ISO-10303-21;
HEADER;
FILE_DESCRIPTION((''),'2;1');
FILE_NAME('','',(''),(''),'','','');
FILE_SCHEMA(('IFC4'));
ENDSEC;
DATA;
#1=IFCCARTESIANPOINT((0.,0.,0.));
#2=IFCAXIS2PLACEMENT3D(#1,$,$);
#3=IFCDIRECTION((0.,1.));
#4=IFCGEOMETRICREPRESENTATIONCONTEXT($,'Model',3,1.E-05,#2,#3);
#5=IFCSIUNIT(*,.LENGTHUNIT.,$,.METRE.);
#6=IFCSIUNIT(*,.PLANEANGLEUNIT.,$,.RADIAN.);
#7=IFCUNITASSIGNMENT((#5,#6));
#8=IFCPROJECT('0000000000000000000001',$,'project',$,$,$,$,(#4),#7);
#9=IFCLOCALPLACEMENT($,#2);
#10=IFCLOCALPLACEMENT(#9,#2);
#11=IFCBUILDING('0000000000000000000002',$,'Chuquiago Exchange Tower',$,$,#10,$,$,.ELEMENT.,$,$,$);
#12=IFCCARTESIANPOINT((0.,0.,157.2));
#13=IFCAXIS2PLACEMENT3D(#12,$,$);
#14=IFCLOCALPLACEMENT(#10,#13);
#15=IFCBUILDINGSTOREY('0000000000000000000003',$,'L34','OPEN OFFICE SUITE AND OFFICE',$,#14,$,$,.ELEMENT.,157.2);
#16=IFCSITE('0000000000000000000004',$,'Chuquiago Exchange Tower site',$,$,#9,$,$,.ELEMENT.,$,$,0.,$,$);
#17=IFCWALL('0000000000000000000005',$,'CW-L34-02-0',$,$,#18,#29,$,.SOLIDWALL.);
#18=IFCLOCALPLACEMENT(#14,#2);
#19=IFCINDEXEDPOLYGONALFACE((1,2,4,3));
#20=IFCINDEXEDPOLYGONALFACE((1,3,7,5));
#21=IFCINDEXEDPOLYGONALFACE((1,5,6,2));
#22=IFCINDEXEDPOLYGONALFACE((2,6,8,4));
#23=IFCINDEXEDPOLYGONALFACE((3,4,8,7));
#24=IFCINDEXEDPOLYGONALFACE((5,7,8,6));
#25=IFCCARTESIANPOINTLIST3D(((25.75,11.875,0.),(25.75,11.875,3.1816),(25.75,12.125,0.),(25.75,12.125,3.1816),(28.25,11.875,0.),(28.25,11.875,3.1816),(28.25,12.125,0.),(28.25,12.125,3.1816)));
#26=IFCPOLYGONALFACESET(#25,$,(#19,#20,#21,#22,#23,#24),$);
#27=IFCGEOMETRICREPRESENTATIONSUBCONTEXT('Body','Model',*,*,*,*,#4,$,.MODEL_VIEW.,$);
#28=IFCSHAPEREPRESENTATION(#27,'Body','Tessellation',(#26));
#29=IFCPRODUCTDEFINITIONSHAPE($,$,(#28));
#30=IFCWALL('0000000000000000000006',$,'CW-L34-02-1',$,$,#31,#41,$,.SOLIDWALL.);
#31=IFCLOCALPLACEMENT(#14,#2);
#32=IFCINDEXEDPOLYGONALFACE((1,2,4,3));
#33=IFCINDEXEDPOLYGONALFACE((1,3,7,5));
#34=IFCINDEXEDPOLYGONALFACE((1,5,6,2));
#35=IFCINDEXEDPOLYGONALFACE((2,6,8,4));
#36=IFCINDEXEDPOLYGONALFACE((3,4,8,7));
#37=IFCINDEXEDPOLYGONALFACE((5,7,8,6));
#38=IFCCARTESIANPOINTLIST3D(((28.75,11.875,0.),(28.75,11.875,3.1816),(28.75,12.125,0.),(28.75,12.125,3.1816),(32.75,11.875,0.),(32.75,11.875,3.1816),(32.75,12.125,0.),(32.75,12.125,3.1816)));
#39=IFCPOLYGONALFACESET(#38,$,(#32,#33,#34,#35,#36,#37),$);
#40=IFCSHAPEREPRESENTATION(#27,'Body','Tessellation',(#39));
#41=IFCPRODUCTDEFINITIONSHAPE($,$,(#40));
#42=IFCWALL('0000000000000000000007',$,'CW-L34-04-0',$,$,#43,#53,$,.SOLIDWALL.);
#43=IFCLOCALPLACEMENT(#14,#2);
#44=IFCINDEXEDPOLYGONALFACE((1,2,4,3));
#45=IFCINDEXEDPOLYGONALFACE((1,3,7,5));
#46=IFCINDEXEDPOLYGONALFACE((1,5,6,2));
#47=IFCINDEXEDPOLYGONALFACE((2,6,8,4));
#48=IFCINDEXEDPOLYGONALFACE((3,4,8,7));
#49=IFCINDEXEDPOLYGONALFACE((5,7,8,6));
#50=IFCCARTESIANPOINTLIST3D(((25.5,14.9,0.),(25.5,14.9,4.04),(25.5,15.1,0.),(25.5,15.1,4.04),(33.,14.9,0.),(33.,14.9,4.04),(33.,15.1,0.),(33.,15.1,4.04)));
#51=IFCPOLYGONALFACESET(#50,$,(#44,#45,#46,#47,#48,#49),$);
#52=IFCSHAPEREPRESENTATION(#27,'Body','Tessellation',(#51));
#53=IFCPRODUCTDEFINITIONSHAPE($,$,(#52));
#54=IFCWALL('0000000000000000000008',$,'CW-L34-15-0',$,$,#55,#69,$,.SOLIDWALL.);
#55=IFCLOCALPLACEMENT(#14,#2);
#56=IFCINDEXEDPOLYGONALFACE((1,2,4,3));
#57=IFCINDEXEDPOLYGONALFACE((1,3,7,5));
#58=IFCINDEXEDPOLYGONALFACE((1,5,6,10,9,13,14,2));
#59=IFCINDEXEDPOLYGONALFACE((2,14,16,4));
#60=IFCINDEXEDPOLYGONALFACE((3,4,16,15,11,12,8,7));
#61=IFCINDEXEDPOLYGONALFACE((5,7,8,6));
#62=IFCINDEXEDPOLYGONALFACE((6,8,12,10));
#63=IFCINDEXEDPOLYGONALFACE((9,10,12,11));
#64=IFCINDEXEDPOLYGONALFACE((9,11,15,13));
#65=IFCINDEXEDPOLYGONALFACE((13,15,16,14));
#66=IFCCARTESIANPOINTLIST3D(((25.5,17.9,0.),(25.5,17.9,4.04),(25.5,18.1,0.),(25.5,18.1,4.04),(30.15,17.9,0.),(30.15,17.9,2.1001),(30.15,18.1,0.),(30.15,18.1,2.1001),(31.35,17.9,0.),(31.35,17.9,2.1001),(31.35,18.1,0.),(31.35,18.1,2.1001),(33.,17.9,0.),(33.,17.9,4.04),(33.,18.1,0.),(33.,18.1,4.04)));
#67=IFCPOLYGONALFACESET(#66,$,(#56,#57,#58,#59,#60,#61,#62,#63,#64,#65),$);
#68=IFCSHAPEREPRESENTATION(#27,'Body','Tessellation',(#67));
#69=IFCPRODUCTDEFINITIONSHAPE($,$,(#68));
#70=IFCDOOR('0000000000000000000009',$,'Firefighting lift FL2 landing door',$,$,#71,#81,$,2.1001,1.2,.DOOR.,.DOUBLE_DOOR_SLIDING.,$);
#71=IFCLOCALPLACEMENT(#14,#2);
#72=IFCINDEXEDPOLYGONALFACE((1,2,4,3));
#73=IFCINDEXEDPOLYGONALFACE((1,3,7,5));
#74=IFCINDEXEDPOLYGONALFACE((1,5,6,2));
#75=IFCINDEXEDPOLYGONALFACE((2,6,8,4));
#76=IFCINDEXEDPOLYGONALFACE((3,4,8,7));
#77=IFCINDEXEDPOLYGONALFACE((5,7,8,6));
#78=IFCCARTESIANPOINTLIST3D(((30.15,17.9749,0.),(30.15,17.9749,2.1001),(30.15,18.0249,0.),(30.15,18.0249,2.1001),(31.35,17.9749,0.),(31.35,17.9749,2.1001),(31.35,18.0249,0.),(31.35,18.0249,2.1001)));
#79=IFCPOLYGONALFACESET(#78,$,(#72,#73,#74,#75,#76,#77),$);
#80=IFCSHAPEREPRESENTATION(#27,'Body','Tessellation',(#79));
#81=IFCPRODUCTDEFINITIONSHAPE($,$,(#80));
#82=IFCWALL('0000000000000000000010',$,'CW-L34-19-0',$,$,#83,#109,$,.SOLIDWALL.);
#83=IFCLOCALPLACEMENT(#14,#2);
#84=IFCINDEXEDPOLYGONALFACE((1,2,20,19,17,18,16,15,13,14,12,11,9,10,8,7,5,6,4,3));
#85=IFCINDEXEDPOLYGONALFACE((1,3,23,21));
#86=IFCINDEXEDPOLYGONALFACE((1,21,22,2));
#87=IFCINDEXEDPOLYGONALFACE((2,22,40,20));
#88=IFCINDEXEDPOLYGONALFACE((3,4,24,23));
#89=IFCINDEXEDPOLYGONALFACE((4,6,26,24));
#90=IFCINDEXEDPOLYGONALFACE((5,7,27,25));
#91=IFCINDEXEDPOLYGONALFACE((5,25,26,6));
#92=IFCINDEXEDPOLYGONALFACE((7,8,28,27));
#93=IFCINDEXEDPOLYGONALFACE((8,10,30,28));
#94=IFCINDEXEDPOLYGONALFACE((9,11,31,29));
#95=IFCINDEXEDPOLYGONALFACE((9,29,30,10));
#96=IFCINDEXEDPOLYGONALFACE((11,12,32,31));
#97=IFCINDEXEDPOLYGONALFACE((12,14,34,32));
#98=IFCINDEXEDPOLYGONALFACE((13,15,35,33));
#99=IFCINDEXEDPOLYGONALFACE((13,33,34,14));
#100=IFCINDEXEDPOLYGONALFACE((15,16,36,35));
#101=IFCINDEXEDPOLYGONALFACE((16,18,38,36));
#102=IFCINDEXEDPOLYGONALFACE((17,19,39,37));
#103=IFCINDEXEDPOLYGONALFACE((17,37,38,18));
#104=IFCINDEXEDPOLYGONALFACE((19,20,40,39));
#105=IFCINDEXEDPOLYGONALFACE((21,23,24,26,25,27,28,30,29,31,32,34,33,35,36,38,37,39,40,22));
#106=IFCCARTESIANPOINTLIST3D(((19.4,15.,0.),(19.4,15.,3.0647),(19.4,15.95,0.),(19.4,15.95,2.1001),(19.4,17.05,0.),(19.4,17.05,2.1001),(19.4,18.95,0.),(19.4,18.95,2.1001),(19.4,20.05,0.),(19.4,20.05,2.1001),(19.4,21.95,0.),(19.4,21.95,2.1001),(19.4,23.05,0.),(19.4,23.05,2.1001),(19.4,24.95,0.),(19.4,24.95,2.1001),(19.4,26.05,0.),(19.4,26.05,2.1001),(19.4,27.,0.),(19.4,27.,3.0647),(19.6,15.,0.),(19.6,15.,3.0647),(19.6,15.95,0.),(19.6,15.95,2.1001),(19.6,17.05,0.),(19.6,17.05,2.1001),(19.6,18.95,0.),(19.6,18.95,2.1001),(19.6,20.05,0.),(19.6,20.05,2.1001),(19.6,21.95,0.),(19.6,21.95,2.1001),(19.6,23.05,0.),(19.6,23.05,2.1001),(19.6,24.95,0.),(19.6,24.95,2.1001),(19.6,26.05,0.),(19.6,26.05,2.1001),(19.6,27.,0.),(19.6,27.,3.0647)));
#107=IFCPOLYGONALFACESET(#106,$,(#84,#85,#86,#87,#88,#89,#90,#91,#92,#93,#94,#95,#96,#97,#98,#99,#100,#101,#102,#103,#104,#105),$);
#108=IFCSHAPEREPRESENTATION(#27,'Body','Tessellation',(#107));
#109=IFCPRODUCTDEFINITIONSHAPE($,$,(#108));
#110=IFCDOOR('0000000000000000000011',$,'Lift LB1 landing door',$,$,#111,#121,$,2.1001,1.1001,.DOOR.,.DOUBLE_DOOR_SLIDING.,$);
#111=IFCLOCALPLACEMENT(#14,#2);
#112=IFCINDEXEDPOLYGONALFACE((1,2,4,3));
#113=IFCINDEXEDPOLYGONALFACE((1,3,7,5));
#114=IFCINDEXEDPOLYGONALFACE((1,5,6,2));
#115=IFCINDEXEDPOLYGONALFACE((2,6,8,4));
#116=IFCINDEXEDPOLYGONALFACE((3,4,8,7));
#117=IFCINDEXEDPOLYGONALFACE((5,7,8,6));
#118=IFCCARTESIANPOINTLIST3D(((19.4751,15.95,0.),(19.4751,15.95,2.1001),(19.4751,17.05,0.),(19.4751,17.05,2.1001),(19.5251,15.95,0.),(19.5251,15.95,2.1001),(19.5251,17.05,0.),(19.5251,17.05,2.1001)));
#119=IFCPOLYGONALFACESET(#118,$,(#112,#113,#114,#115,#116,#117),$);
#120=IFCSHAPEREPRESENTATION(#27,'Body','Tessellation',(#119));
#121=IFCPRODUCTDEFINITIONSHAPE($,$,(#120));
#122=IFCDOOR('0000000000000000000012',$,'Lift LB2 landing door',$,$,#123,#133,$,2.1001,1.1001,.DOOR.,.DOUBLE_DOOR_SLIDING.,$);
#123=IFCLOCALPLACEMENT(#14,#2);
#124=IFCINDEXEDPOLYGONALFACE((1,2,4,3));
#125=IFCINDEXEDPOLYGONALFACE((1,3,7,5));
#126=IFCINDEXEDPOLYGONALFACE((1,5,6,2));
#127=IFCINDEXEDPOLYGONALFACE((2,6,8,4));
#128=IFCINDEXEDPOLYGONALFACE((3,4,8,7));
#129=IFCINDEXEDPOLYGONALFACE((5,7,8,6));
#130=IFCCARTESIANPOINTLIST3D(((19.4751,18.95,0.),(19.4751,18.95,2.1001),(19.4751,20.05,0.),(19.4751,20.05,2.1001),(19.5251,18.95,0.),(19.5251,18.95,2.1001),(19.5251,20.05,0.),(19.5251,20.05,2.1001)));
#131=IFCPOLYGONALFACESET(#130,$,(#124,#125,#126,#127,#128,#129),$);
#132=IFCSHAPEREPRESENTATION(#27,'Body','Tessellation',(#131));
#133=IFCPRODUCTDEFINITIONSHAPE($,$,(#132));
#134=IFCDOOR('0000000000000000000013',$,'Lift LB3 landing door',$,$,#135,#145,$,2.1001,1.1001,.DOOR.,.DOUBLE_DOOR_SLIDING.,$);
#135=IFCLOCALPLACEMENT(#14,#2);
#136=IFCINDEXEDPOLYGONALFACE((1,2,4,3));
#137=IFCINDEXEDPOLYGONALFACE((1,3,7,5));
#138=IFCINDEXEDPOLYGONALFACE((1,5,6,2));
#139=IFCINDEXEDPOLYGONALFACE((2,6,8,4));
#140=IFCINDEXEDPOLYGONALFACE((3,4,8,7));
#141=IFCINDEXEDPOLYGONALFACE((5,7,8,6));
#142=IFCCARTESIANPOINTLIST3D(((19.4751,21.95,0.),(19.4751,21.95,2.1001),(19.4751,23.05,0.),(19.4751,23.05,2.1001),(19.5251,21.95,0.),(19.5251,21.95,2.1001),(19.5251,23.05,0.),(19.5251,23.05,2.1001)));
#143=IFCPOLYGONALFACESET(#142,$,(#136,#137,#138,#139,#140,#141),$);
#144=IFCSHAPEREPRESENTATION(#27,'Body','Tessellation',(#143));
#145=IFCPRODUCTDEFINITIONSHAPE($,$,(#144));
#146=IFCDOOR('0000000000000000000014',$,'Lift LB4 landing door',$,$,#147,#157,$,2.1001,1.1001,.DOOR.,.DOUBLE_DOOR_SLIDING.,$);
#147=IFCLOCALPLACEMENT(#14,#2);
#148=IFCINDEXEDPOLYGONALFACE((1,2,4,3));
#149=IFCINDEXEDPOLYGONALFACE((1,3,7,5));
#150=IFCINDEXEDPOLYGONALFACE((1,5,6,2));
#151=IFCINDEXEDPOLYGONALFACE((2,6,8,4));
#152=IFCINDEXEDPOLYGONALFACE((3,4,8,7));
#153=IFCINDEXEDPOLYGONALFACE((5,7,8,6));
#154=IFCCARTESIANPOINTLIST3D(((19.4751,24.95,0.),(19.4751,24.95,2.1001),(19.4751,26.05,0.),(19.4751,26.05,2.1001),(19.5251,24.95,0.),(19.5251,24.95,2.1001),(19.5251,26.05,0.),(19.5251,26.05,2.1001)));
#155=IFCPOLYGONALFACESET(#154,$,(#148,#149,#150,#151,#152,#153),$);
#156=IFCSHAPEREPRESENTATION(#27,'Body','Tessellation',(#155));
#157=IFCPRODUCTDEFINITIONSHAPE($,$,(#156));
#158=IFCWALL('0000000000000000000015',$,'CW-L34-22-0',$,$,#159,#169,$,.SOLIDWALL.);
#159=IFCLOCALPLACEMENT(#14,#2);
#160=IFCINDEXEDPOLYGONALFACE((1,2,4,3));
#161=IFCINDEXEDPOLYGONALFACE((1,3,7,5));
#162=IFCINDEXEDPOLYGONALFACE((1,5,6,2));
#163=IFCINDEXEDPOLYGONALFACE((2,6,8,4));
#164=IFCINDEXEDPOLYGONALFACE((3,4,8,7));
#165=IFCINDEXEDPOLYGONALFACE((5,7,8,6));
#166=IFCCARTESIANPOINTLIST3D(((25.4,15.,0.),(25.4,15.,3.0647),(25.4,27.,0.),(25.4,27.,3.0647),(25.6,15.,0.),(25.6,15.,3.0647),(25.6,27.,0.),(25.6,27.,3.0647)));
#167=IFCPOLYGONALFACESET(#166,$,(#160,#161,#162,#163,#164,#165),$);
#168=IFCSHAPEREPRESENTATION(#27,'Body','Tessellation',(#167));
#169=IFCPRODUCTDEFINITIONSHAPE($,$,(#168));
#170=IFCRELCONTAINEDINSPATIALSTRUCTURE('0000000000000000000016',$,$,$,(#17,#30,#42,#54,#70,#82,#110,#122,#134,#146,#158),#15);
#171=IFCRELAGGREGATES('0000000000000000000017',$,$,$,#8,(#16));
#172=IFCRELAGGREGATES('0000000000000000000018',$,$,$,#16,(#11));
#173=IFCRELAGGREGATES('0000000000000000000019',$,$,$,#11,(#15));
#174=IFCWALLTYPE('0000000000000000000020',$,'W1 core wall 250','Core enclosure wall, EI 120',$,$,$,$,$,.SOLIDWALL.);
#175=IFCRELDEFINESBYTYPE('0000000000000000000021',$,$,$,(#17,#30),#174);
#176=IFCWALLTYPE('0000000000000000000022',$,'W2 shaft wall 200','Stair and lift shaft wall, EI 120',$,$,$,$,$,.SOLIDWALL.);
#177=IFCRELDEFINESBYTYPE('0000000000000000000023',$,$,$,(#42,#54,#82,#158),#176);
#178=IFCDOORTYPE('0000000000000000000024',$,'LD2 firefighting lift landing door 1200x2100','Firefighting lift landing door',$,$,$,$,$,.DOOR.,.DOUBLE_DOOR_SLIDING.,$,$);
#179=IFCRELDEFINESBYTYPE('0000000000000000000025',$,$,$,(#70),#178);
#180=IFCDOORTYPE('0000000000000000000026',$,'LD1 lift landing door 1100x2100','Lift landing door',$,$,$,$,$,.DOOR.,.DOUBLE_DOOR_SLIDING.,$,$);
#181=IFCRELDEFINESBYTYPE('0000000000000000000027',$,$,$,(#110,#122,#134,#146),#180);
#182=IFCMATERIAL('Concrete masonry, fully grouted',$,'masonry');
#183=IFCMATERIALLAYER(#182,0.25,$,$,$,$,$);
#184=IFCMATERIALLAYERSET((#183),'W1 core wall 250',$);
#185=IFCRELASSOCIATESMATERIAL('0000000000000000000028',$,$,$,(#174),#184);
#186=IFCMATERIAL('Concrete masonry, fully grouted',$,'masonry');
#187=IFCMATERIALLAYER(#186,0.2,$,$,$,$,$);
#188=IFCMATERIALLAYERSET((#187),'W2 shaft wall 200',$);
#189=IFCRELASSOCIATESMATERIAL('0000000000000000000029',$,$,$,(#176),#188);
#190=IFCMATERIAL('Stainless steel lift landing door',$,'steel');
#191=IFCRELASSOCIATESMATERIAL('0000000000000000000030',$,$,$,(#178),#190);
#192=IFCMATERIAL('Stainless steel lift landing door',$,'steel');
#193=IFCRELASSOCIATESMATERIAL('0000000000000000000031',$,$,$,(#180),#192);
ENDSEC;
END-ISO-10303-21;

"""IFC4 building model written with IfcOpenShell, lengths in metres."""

from ifc_helpers import new_model, si_unit, direction, frame, frame_2d, origin, place, context, subcontext, project, spatial, rectangle, extrude, material, layer, layer_set, type_object, element, fill, save


model = new_model("IFC4")

# Units and contexts
model_context = context("Model", 3, precision=1e-05, world=origin(), true_north=direction((0.0, 1.0)))
body_context = subcontext(model_context, "Body", "Model", "MODEL_VIEW")
ifc_project = project(units=[si_unit("LENGTHUNIT", "METRE"), si_unit("PLANEANGLEUNIT", "RADIAN")], contexts=[model_context])

# Site, building, storey
site_placement = place(None, origin())
site = spatial("IfcSite", under=ifc_project, at=site_placement, Name="Chuquiago Exchange Tower site", CompositionType="ELEMENT", RefElevation=0.0)
building_placement = place(site_placement, origin())
building = spatial("IfcBuilding", under=site, at=building_placement, Name="Chuquiago Exchange Tower", CompositionType="ELEMENT")
storey_placement = place(building_placement, frame((0.0, 0.0, 157.2)))
storey = spatial("IfcBuildingStorey", under=building, at=storey_placement, Name="L34", Description="OPEN OFFICE SUITE AND OFFICE", CompositionType="ELEMENT", Elevation=157.2)

# Walls
ifc_material_1 = material(Name="Concrete masonry, fully grouted", Category="masonry")
ifc_layer_1 = layer(ifc_material_1, 0.25)
ifc_layer_set_1 = layer_set([ifc_layer_1], Name="W1 core wall 250")
wall_type_1 = type_object("IfcWallType", Name="W1 core wall 250", Description="Core enclosure wall, EI 120", PredefinedType="SOLIDWALL", material=ifc_layer_set_1)
wall_1_placement = place(storey_placement, frame((25.75, 12.0, 0.0), z_axis=(0.0, 0.0, 1.0), x_axis=(1.0, 0.0, 0.0)))
element("IfcWall", 1, at=wall_1_placement, inside=storey, type_object=wall_type_1, Name="CW-L34-02-0", PredefinedType="SOLIDWALL", context=body_context, shape_type="SweptSolid", body=[
    extrude(rectangle(XDim=2.5, YDim=0.25, at=frame_2d((1.25, 0.0))), origin(), (0.0, 0.0, 1.0), 3.1816),
])
wall_2_placement = place(storey_placement, frame((28.75, 12.0, 0.0), z_axis=(0.0, 0.0, 1.0), x_axis=(1.0, 0.0, 0.0)))
element("IfcWall", 2, at=wall_2_placement, inside=storey, type_object=wall_type_1, Name="CW-L34-02-1", PredefinedType="SOLIDWALL", context=body_context, shape_type="SweptSolid", body=[
    extrude(rectangle(XDim=4.0, YDim=0.25, at=frame_2d((2.0, 0.0))), origin(), (0.0, 0.0, 1.0), 3.1816),
])
ifc_material_2 = material(Name="Concrete masonry, fully grouted", Category="masonry")
ifc_layer_2 = layer(ifc_material_2, 0.2)
ifc_layer_set_2 = layer_set([ifc_layer_2], Name="W2 shaft wall 200")
wall_type_2 = type_object("IfcWallType", Name="W2 shaft wall 200", Description="Stair and lift shaft wall, EI 120", PredefinedType="SOLIDWALL", material=ifc_layer_set_2)
wall_3_placement = place(storey_placement, frame((25.5, 15.0, 0.0), z_axis=(0.0, 0.0, 1.0), x_axis=(1.0, 0.0, 0.0)))
element("IfcWall", 3, at=wall_3_placement, inside=storey, type_object=wall_type_2, Name="CW-L34-04-0", PredefinedType="SOLIDWALL", context=body_context, shape_type="SweptSolid", body=[
    extrude(rectangle(XDim=7.5, YDim=0.2, at=frame_2d((3.75, 0.0))), origin(), (0.0, 0.0, 1.0), 4.04),
])

# Wall, opening, door
wall_4_placement = place(storey_placement, frame((25.5, 18.0, 0.0), z_axis=(0.0, 0.0, 1.0), x_axis=(1.0, 0.0, 0.0)))
wall_4 = element("IfcWall", 4, at=wall_4_placement, inside=storey, type_object=wall_type_2, Name="CW-L34-15-0", PredefinedType="SOLIDWALL", context=body_context, shape_type="SweptSolid", body=[
    extrude(rectangle(XDim=7.5, YDim=0.2, at=frame_2d((3.75, 0.0))), origin(), (0.0, 0.0, 1.0), 4.04),
])
opening_1_placement = place(wall_4_placement, frame((4.6499, 0.0, 0.0)))
opening_1 = element("IfcOpeningElement", 5, at=opening_1_placement, cuts=wall_4, PredefinedType="OPENING", context=body_context, shape_type="SweptSolid", body=[
    extrude(rectangle(XDim=1.2, YDim=2.1001, at=frame_2d((0.6001, 1.05))), frame((0.0, 0.1099, 0.0), z_axis=(0.0, -1.0, 0.0), x_axis=(1.0, 0.0, 0.0)), (0.0, 0.0, 1.0), 0.22),
])
ifc_material_3 = material(Name="Stainless steel lift landing door", Category="steel")
door_type_1 = type_object("IfcDoorType", Name="LD2 firefighting lift landing door 1200x2100", Description="Firefighting lift landing door", OperationType="DOUBLE_DOOR_SLIDING", PredefinedType="DOOR", material=ifc_material_3)
door_1_placement = place(opening_1_placement, origin())
door_1 = element("IfcDoor", 6, at=door_1_placement, inside=storey, type_object=door_type_1, Name="Firefighting lift FL2 landing door", OperationType="DOUBLE_DOOR_SLIDING", OverallHeight=2.1001, OverallWidth=1.2, PredefinedType="DOOR", context=body_context, shape_type="SweptSolid", body=[
    extrude(rectangle(XDim=1.2, YDim=2.1001, at=frame_2d((0.6001, 1.05))), frame((0.0, 0.0249, 0.0), z_axis=(0.0, -1.0, 0.0), x_axis=(1.0, 0.0, 0.0)), (0.0, 0.0, 1.0), 0.05),
])
fill(opening_1, door_1)

# Wall, openings, doors
wall_5_placement = place(storey_placement, frame((19.5, 15.0, 0.0), z_axis=(0.0, 0.0, 1.0), x_axis=(0.0, 1.0, 0.0)))
wall_5 = element("IfcWall", 7, at=wall_5_placement, inside=storey, type_object=wall_type_2, Name="CW-L34-19-0", PredefinedType="SOLIDWALL", context=body_context, shape_type="SweptSolid", body=[
    extrude(rectangle(XDim=12.0, YDim=0.2, at=frame_2d((6.0, 0.0))), origin(), (0.0, 0.0, 1.0), 3.0647),
])
opening_2_placement = place(wall_5_placement, frame((0.95, 0.0, 0.0)))
opening_2 = element("IfcOpeningElement", 8, at=opening_2_placement, cuts=wall_5, PredefinedType="OPENING", context=body_context, shape_type="SweptSolid", body=[
    extrude(rectangle(XDim=1.1001, YDim=2.1001, at=frame_2d((0.55, 1.05))), frame((0.0, 0.1099, 0.0), z_axis=(0.0, -1.0, 0.0), x_axis=(1.0, 0.0, 0.0)), (0.0, 0.0, 1.0), 0.22),
])
opening_3_placement = place(wall_5_placement, frame((3.95, 0.0, 0.0)))
opening_3 = element("IfcOpeningElement", 9, at=opening_3_placement, cuts=wall_5, PredefinedType="OPENING", context=body_context, shape_type="SweptSolid", body=[
    extrude(rectangle(XDim=1.1001, YDim=2.1001, at=frame_2d((0.55, 1.05))), frame((0.0, 0.1099, 0.0), z_axis=(0.0, -1.0, 0.0), x_axis=(1.0, 0.0, 0.0)), (0.0, 0.0, 1.0), 0.22),
])
opening_4_placement = place(wall_5_placement, frame((6.95, 0.0, 0.0)))
opening_4 = element("IfcOpeningElement", 10, at=opening_4_placement, cuts=wall_5, PredefinedType="OPENING", context=body_context, shape_type="SweptSolid", body=[
    extrude(rectangle(XDim=1.1001, YDim=2.1001, at=frame_2d((0.55, 1.05))), frame((0.0, 0.1099, 0.0), z_axis=(0.0, -1.0, 0.0), x_axis=(1.0, 0.0, 0.0)), (0.0, 0.0, 1.0), 0.22),
])
opening_5_placement = place(wall_5_placement, frame((9.95, 0.0, 0.0)))
opening_5 = element("IfcOpeningElement", 11, at=opening_5_placement, cuts=wall_5, PredefinedType="OPENING", context=body_context, shape_type="SweptSolid", body=[
    extrude(rectangle(XDim=1.1001, YDim=2.1001, at=frame_2d((0.55, 1.05))), frame((0.0, 0.1099, 0.0), z_axis=(0.0, -1.0, 0.0), x_axis=(1.0, 0.0, 0.0)), (0.0, 0.0, 1.0), 0.22),
])
ifc_material_4 = material(Name="Stainless steel lift landing door", Category="steel")
door_type_2 = type_object("IfcDoorType", Name="LD1 lift landing door 1100x2100", Description="Lift landing door", OperationType="DOUBLE_DOOR_SLIDING", PredefinedType="DOOR", material=ifc_material_4)
door_2_placement = place(opening_2_placement, origin())
door_2 = element("IfcDoor", 12, at=door_2_placement, inside=storey, type_object=door_type_2, Name="Lift LB1 landing door", OperationType="DOUBLE_DOOR_SLIDING", OverallHeight=2.1001, OverallWidth=1.1001, PredefinedType="DOOR", context=body_context, shape_type="SweptSolid", body=[
    extrude(rectangle(XDim=1.1001, YDim=2.1001, at=frame_2d((0.55, 1.05))), frame((0.0, 0.0249, 0.0), z_axis=(0.0, -1.0, 0.0), x_axis=(1.0, 0.0, 0.0)), (0.0, 0.0, 1.0), 0.05),
])
fill(opening_2, door_2)
door_3_placement = place(opening_3_placement, origin())
door_3 = element("IfcDoor", 13, at=door_3_placement, inside=storey, type_object=door_type_2, Name="Lift LB2 landing door", OperationType="DOUBLE_DOOR_SLIDING", OverallHeight=2.1001, OverallWidth=1.1001, PredefinedType="DOOR", context=body_context, shape_type="SweptSolid", body=[
    extrude(rectangle(XDim=1.1001, YDim=2.1001, at=frame_2d((0.55, 1.05))), frame((0.0, 0.0249, 0.0), z_axis=(0.0, -1.0, 0.0), x_axis=(1.0, 0.0, 0.0)), (0.0, 0.0, 1.0), 0.05),
])
fill(opening_3, door_3)
door_4_placement = place(opening_4_placement, origin())
door_4 = element("IfcDoor", 14, at=door_4_placement, inside=storey, type_object=door_type_2, Name="Lift LB3 landing door", OperationType="DOUBLE_DOOR_SLIDING", OverallHeight=2.1001, OverallWidth=1.1001, PredefinedType="DOOR", context=body_context, shape_type="SweptSolid", body=[
    extrude(rectangle(XDim=1.1001, YDim=2.1001, at=frame_2d((0.55, 1.05))), frame((0.0, 0.0249, 0.0), z_axis=(0.0, -1.0, 0.0), x_axis=(1.0, 0.0, 0.0)), (0.0, 0.0, 1.0), 0.05),
])
fill(opening_4, door_4)
door_5_placement = place(opening_5_placement, origin())
door_5 = element("IfcDoor", 15, at=door_5_placement, inside=storey, type_object=door_type_2, Name="Lift LB4 landing door", OperationType="DOUBLE_DOOR_SLIDING", OverallHeight=2.1001, OverallWidth=1.1001, PredefinedType="DOOR", context=body_context, shape_type="SweptSolid", body=[
    extrude(rectangle(XDim=1.1001, YDim=2.1001, at=frame_2d((0.55, 1.05))), frame((0.0, 0.0249, 0.0), z_axis=(0.0, -1.0, 0.0), x_axis=(1.0, 0.0, 0.0)), (0.0, 0.0, 1.0), 0.05),
])
fill(opening_5, door_5)

# Wall
wall_6_placement = place(storey_placement, frame((25.5, 15.0, 0.0), z_axis=(0.0, 0.0, 1.0), x_axis=(0.0, 1.0, 0.0)))
element("IfcWall", 16, at=wall_6_placement, inside=storey, type_object=wall_type_2, Name="CW-L34-22-0", PredefinedType="SOLIDWALL", context=body_context, shape_type="SweptSolid", body=[
    extrude(rectangle(XDim=12.0, YDim=0.2, at=frame_2d((6.0, 0.0))), origin(), (0.0, 0.0, 1.0), 3.0647),
])

save(model, "model.ifc")
